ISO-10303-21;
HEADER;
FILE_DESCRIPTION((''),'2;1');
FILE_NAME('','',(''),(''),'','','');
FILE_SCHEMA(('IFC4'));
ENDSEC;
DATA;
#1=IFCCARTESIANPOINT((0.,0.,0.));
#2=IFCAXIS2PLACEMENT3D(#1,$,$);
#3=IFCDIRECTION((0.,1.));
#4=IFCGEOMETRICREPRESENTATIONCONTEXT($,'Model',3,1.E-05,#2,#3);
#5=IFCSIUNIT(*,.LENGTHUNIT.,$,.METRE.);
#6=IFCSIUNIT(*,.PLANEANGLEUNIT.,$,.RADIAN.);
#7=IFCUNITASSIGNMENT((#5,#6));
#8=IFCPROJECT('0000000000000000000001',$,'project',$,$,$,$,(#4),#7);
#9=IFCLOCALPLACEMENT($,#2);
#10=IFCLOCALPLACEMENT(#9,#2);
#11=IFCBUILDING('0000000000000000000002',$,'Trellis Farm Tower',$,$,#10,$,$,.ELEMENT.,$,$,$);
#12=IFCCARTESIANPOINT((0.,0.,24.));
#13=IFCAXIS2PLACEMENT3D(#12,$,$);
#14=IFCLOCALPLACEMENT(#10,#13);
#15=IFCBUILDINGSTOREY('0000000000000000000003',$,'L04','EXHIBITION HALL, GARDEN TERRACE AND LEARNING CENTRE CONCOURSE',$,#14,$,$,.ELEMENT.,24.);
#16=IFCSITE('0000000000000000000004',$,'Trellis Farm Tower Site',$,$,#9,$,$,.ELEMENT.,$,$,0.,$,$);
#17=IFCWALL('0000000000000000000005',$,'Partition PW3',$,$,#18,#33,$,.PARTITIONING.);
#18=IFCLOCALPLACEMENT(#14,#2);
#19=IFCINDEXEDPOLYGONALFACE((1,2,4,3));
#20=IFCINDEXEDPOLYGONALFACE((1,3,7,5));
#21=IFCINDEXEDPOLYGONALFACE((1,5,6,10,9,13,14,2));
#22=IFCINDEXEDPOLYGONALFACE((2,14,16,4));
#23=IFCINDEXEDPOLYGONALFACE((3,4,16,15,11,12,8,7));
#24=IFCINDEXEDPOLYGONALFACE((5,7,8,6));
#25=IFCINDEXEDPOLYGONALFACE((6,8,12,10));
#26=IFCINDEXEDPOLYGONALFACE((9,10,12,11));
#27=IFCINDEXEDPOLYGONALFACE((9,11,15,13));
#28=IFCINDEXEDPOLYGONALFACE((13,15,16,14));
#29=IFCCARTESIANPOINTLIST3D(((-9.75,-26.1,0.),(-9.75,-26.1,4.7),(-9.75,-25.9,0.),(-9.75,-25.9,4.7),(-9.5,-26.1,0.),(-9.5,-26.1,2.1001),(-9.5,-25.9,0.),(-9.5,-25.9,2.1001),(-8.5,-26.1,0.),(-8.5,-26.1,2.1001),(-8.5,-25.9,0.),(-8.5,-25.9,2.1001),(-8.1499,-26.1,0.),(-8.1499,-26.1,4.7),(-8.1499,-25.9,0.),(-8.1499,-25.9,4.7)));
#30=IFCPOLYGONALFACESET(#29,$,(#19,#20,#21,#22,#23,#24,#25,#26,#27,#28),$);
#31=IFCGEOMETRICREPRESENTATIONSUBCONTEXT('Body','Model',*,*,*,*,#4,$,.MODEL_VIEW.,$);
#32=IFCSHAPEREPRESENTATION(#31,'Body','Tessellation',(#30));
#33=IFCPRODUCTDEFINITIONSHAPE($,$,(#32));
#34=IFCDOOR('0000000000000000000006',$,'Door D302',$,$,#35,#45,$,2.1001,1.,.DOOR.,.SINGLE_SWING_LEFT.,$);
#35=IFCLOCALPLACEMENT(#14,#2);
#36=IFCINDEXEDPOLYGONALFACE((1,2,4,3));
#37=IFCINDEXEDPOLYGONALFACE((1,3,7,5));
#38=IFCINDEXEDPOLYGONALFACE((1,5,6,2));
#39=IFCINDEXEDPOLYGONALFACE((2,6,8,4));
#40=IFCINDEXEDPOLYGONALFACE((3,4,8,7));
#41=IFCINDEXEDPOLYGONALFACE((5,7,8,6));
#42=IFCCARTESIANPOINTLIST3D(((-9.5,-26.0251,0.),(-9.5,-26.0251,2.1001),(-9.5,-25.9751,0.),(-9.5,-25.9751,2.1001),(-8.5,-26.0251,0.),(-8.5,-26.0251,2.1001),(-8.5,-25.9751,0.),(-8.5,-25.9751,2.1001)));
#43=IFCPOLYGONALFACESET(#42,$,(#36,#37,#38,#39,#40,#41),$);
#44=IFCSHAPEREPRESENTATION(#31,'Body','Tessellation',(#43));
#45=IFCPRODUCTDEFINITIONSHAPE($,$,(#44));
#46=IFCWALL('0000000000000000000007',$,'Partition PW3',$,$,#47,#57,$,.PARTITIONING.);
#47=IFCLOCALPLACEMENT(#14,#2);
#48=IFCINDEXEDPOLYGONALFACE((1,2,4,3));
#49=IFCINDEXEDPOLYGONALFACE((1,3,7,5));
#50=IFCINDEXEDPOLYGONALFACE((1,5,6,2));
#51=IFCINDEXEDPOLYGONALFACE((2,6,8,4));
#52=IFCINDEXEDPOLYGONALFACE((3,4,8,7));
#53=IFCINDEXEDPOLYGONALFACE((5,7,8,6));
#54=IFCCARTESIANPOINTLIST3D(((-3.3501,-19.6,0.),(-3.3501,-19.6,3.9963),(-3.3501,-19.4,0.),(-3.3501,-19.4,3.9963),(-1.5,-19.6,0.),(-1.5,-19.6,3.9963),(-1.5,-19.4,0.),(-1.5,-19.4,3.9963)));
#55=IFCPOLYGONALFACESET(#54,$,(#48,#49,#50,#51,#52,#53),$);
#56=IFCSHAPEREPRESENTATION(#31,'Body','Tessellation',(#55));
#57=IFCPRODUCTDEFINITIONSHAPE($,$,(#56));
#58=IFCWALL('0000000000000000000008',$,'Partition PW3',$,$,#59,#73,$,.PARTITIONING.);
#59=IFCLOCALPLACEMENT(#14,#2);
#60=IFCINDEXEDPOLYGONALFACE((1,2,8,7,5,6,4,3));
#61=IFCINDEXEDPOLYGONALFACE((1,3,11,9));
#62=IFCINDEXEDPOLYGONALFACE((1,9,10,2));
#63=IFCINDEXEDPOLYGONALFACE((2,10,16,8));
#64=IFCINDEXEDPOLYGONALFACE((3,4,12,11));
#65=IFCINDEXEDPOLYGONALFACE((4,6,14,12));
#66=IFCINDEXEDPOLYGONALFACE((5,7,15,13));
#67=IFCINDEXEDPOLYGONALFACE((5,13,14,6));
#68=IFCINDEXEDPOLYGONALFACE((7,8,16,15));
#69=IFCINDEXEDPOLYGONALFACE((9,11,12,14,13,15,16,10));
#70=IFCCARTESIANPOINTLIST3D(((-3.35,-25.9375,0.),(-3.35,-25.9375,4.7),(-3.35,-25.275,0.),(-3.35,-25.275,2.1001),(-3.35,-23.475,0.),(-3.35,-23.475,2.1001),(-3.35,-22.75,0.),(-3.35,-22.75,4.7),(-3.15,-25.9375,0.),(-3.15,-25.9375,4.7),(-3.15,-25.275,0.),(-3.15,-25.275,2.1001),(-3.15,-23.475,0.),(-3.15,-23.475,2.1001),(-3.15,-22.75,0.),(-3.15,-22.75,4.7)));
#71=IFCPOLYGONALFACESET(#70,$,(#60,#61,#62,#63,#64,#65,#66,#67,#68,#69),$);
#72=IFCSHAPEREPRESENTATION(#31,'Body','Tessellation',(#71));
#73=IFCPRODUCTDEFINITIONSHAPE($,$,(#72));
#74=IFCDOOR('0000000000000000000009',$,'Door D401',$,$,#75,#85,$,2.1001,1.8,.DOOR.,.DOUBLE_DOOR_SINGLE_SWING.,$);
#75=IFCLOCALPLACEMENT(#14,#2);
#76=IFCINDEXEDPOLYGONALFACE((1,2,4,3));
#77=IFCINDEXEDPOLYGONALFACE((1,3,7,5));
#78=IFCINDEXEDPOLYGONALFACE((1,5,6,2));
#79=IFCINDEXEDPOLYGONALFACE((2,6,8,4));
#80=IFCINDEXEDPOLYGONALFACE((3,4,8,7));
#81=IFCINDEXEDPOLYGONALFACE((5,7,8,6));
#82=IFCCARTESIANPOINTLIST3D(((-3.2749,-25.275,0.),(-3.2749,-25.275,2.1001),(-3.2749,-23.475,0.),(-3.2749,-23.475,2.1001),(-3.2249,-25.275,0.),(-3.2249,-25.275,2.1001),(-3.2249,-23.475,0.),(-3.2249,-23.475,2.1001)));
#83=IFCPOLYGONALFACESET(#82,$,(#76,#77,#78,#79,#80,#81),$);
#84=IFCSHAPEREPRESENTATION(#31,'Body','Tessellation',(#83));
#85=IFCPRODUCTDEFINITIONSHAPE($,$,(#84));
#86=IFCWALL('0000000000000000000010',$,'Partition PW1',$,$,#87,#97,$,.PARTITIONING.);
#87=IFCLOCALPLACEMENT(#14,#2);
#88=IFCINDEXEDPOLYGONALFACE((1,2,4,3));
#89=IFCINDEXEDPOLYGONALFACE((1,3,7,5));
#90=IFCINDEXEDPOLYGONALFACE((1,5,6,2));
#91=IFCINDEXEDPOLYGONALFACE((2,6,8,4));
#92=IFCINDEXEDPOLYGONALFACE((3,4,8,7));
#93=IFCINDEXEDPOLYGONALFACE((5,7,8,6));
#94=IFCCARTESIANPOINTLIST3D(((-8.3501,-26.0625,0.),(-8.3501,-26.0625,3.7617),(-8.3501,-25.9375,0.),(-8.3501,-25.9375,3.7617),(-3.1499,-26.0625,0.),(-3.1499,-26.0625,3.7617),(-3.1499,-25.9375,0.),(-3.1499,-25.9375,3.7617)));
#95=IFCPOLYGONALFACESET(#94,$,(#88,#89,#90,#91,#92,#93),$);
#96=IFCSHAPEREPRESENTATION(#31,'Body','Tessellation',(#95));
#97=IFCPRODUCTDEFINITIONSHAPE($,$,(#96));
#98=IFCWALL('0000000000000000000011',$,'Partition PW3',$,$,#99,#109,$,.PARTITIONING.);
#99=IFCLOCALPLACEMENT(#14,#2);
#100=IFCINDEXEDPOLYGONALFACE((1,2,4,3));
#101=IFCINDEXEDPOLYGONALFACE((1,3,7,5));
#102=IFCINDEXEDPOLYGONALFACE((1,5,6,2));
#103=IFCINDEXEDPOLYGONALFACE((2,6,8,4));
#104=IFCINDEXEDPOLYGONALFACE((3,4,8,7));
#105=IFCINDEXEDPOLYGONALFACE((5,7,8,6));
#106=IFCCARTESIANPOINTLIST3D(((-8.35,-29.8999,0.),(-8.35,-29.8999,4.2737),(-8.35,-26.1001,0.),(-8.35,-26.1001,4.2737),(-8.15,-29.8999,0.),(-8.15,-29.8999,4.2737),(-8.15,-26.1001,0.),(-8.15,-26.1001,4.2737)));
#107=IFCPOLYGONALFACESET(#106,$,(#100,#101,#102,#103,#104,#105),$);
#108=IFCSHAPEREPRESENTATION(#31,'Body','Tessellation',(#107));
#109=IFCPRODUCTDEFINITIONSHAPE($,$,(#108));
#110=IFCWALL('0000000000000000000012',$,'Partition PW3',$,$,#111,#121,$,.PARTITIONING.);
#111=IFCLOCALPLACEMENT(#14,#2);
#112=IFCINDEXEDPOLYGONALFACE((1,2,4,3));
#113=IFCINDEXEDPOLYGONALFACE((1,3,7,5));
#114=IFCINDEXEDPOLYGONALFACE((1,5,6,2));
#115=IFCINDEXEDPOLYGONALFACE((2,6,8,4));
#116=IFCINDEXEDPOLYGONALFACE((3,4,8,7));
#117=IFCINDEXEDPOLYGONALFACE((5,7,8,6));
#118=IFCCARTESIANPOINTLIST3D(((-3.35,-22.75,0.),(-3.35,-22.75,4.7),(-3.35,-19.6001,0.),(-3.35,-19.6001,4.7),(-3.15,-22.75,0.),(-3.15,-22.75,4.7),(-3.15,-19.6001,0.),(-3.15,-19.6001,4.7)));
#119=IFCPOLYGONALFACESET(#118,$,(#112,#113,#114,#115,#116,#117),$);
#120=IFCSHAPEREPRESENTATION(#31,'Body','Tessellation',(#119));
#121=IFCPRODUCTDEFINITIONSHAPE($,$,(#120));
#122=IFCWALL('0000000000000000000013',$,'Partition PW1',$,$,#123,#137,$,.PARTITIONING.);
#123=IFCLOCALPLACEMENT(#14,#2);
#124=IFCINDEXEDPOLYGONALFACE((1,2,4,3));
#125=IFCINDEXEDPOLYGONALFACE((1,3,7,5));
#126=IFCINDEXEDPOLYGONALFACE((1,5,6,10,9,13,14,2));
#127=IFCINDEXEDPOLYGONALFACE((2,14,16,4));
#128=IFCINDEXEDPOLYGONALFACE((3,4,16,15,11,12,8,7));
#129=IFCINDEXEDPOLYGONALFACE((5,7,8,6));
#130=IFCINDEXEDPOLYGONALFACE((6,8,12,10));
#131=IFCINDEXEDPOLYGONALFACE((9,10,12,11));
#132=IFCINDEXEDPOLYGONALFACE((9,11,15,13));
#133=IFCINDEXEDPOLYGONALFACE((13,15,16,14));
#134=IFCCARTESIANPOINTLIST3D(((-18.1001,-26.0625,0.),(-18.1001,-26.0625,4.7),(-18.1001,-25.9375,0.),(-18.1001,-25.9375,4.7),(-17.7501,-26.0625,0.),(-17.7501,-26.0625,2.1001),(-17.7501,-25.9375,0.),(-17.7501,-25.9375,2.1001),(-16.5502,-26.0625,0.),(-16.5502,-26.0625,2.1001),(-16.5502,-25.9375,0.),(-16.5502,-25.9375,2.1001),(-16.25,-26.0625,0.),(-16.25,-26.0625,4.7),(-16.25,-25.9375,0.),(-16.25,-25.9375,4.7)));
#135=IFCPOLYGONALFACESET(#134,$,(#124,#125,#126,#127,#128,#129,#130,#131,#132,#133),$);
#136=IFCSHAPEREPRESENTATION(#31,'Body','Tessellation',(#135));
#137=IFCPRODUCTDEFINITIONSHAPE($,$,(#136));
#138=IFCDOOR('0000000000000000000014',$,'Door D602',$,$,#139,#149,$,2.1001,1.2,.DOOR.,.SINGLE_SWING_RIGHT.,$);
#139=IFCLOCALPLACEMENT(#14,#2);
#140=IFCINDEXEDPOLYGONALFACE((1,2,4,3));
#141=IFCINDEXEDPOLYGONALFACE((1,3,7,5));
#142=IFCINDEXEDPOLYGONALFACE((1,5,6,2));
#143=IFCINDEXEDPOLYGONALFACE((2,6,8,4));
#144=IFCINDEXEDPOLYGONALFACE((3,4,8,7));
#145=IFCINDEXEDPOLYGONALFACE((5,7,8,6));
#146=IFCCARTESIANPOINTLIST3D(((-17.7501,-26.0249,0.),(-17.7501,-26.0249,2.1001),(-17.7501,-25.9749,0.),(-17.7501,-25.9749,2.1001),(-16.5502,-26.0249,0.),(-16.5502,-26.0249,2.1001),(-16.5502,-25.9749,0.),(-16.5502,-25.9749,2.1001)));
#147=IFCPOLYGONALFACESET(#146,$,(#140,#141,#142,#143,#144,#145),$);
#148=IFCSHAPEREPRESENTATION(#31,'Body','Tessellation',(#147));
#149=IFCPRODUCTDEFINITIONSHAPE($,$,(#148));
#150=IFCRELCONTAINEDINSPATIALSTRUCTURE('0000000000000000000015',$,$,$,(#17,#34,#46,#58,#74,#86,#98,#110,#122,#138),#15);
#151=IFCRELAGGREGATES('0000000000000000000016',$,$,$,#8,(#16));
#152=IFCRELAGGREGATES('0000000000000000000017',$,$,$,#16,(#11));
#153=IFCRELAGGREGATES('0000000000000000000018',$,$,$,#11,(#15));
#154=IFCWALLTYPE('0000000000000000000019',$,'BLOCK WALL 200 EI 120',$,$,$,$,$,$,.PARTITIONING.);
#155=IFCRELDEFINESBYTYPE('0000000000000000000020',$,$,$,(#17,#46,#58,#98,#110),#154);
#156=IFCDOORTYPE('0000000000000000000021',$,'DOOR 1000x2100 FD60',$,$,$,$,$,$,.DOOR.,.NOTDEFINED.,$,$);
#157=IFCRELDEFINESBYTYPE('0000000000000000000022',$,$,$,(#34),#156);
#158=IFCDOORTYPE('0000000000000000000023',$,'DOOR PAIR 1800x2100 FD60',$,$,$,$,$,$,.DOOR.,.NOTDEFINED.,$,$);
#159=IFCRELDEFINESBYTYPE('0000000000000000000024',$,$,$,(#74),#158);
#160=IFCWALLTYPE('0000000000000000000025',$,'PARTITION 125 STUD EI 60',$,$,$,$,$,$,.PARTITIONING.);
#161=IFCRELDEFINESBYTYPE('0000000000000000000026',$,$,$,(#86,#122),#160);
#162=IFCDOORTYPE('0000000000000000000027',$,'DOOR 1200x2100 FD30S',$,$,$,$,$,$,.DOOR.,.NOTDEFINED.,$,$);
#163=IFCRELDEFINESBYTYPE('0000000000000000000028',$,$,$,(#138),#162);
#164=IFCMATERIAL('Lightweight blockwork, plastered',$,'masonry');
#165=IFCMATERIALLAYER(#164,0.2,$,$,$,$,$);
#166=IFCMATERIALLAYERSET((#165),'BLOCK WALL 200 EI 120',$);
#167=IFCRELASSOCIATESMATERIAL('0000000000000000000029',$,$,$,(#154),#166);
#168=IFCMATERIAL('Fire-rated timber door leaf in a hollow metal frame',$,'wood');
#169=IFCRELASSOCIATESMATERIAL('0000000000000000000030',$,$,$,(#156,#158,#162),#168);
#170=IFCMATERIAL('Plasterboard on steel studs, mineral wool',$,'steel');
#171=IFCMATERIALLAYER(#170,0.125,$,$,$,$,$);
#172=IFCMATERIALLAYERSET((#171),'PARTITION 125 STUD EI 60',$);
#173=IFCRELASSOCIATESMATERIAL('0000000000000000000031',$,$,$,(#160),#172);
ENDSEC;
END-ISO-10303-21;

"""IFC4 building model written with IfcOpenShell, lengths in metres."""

from ifc_helpers import new_model, si_unit, direction, frame, frame_2d, origin, place, context, subcontext, project, spatial, rectangle, extrude, source, transform, mapped, material, layer, layer_set, type_object, element, fill, save


model = new_model("IFC4")

# Units and contexts
model_context = context("Model", 3, precision=1e-05, world=origin(), true_north=direction((0.0, 1.0)))
body_context = subcontext(model_context, "Body", "Model", "MODEL_VIEW")
ifc_project = project(units=[si_unit("LENGTHUNIT", "METRE"), si_unit("PLANEANGLEUNIT", "RADIAN")], contexts=[model_context])

# Site, building, storey
site_placement = place(None, origin())
site = spatial("IfcSite", under=ifc_project, at=site_placement, Name="Trellis Farm Tower Site", CompositionType="ELEMENT", RefElevation=0.0)
building_placement = place(site_placement, origin())
building = spatial("IfcBuilding", under=site, at=building_placement, Name="Trellis Farm Tower", CompositionType="ELEMENT")
storey_placement = place(building_placement, frame((0.0, 0.0, 24.0)))
storey = spatial("IfcBuildingStorey", under=building, at=storey_placement, Name="L04", Description="EXHIBITION HALL, GARDEN TERRACE AND LEARNING CENTRE CONCOURSE", CompositionType="ELEMENT", Elevation=24.0)

# Wall, opening, door
ifc_material_1 = material(Name="Lightweight blockwork, plastered", Category="masonry")
ifc_layer_1 = layer(ifc_material_1, 0.2)
ifc_layer_set_1 = layer_set([ifc_layer_1], Name="BLOCK WALL 200 EI 120")
wall_type_1 = type_object("IfcWallType", Name="BLOCK WALL 200 EI 120", PredefinedType="PARTITIONING", material=ifc_layer_set_1)
shared_shape_1 = source(origin(), body_context, "Body", "SweptSolid", [
    extrude(rectangle(XDim=1.6001, YDim=0.2, at=frame_2d((0.8, 0.0))), origin(), (0.0, 0.0, 1.0), 4.7),
])
wall_1_placement = place(storey_placement, frame((-9.75, -26.0, 0.0), z_axis=(0.0, 0.0, 1.0), x_axis=(1.0, 0.0, 0.0)))
wall_1 = element("IfcWall", 1, at=wall_1_placement, inside=storey, type_object=wall_type_1, Name="Partition PW3", PredefinedType="PARTITIONING", context=body_context, shape_type="MappedRepresentation", body=[
    mapped(shared_shape_1, transform((0.0, 0.0, 0.0))),
])
shared_shape_2 = source(origin(), body_context, "Body", "SweptSolid", [
    extrude(rectangle(XDim=1.0, YDim=2.1001, at=frame_2d((0.5, 1.05))), frame((0.0, 0.1101, 0.0), z_axis=(0.0, -1.0, 0.0), x_axis=(1.0, 0.0, 0.0)), (0.0, 0.0, 1.0), 0.2202),
])
opening_1_placement = place(wall_1_placement, frame((0.25, 0.0, 0.0)))
opening_1 = element("IfcOpeningElement", 2, at=opening_1_placement, cuts=wall_1, PredefinedType="OPENING", context=body_context, shape_type="MappedRepresentation", body=[
    mapped(shared_shape_2, transform((0.0, 0.0, 0.0))),
])
ifc_material_2 = material(Name="Fire-rated timber door leaf in a hollow metal frame", Category="wood")
door_type_1 = type_object("IfcDoorType", Name="DOOR 1000x2100 FD60", OperationType="NOTDEFINED", PredefinedType="DOOR", material=ifc_material_2)
shared_shape_3 = source(origin(), body_context, "Body", "SweptSolid", [
    extrude(rectangle(XDim=1.0, YDim=2.1001, at=frame_2d((0.5, 1.05))), frame((0.0, 0.0249, 0.0), z_axis=(0.0, -1.0, 0.0), x_axis=(1.0, 0.0, 0.0)), (0.0, 0.0, 1.0), 0.05),
])
door_1_placement = place(opening_1_placement, origin())
door_1 = element("IfcDoor", 3, at=door_1_placement, inside=storey, type_object=door_type_1, Name="Door D302", OperationType="SINGLE_SWING_LEFT", OverallHeight=2.1001, OverallWidth=1.0, PredefinedType="DOOR", context=body_context, shape_type="MappedRepresentation", body=[
    mapped(shared_shape_3, transform((0.0, 0.0, 0.0))),
])
fill(opening_1, door_1)

# Wall
shared_shape_4 = source(origin(), body_context, "Body", "SweptSolid", [
    extrude(rectangle(XDim=1.8501, YDim=0.2, at=frame_2d((0.925, 0.0))), origin(), (0.0, 0.0, 1.0), 3.9963),
])
wall_2_placement = place(storey_placement, frame((-3.3501, -19.5, 0.0), z_axis=(0.0, 0.0, 1.0), x_axis=(1.0, 0.0, 0.0)))
element("IfcWall", 4, at=wall_2_placement, inside=storey, type_object=wall_type_1, Name="Partition PW3", PredefinedType="PARTITIONING", context=body_context, shape_type="MappedRepresentation", body=[
    mapped(shared_shape_4, transform((0.0, 0.0, 0.0))),
])

# Wall, opening, door
shared_shape_5 = source(origin(), body_context, "Body", "SweptSolid", [
    extrude(rectangle(XDim=3.1875, YDim=0.2, at=frame_2d((1.5938, 0.0))), origin(), (0.0, 0.0, 1.0), 4.7),
])
wall_3_placement = place(storey_placement, frame((-3.25, -25.9375, 0.0), z_axis=(0.0, 0.0, 1.0), x_axis=(0.0, 1.0, 0.0)))
wall_3 = element("IfcWall", 5, at=wall_3_placement, inside=storey, type_object=wall_type_1, Name="Partition PW3", PredefinedType="PARTITIONING", context=body_context, shape_type="MappedRepresentation", body=[
    mapped(shared_shape_5, transform((0.0, 0.0, 0.0))),
])
shared_shape_6 = source(origin(), body_context, "Body", "SweptSolid", [
    extrude(rectangle(XDim=1.8, YDim=2.1001, at=frame_2d((0.8999, 1.05))), frame((0.0, 0.1101, 0.0), z_axis=(0.0, -1.0, 0.0), x_axis=(1.0, 0.0, 0.0)), (0.0, 0.0, 1.0), 0.2202),
])
opening_2_placement = place(wall_3_placement, frame((0.6626, 0.0, 0.0)))
opening_2 = element("IfcOpeningElement", 6, at=opening_2_placement, cuts=wall_3, PredefinedType="OPENING", context=body_context, shape_type="MappedRepresentation", body=[
    mapped(shared_shape_6, transform((0.0, 0.0, 0.0))),
])
door_type_2 = type_object("IfcDoorType", Name="DOOR PAIR 1800x2100 FD60", OperationType="NOTDEFINED", PredefinedType="DOOR", material=ifc_material_2)
shared_shape_7 = source(origin(), body_context, "Body", "SweptSolid", [
    extrude(rectangle(XDim=1.8, YDim=2.1001, at=frame_2d((0.8999, 1.05))), frame((0.0, 0.0249, 0.0), z_axis=(0.0, -1.0, 0.0), x_axis=(1.0, 0.0, 0.0)), (0.0, 0.0, 1.0), 0.05),
])
door_2_placement = place(opening_2_placement, origin())
door_2 = element("IfcDoor", 7, at=door_2_placement, inside=storey, type_object=door_type_2, Name="Door D401", OperationType="DOUBLE_DOOR_SINGLE_SWING", OverallHeight=2.1001, OverallWidth=1.8, PredefinedType="DOOR", context=body_context, shape_type="MappedRepresentation", body=[
    mapped(shared_shape_7, transform((0.0, 0.0, 0.0))),
])
fill(opening_2, door_2)

# Walls
ifc_material_3 = material(Name="Plasterboard on steel studs, mineral wool", Category="steel")
ifc_layer_2 = layer(ifc_material_3, 0.125)
ifc_layer_set_2 = layer_set([ifc_layer_2], Name="PARTITION 125 STUD EI 60")
wall_type_2 = type_object("IfcWallType", Name="PARTITION 125 STUD EI 60", PredefinedType="PARTITIONING", material=ifc_layer_set_2)
shared_shape_8 = source(origin(), body_context, "Body", "SweptSolid", [
    extrude(rectangle(XDim=5.2002, YDim=0.125, at=frame_2d((2.6001, 0.0))), origin(), (0.0, 0.0, 1.0), 3.7617),
])
wall_4_placement = place(storey_placement, frame((-3.1499, -26.0, 0.0), z_axis=(0.0, 0.0, 1.0), x_axis=(-1.0, 0.0, 0.0)))
element("IfcWall", 8, at=wall_4_placement, inside=storey, type_object=wall_type_2, Name="Partition PW1", PredefinedType="PARTITIONING", context=body_context, shape_type="MappedRepresentation", body=[
    mapped(shared_shape_8, transform((0.0, 0.0, 0.0))),
])
shared_shape_9 = source(origin(), body_context, "Body", "SweptSolid", [
    extrude(rectangle(XDim=3.7998, YDim=0.2, at=frame_2d((1.8999, 0.0))), origin(), (0.0, 0.0, 1.0), 4.2737),
])
wall_5_placement = place(storey_placement, frame((-8.25, -26.1001, 0.0), z_axis=(0.0, 0.0, 1.0), x_axis=(0.0, -1.0, 0.0)))
element("IfcWall", 9, at=wall_5_placement, inside=storey, type_object=wall_type_1, Name="Partition PW3", PredefinedType="PARTITIONING", context=body_context, shape_type="MappedRepresentation", body=[
    mapped(shared_shape_9, transform((0.0, 0.0, 0.0))),
])
shared_shape_10 = source(origin(), body_context, "Body", "SweptSolid", [
    extrude(rectangle(XDim=3.1499, YDim=0.2, at=frame_2d((1.575, 0.0))), origin(), (0.0, 0.0, 1.0), 4.7),
])
wall_6_placement = place(storey_placement, frame((-3.25, -22.75, 0.0), z_axis=(0.0, 0.0, 1.0), x_axis=(0.0, 1.0, 0.0)))
element("IfcWall", 10, at=wall_6_placement, inside=storey, type_object=wall_type_1, Name="Partition PW3", PredefinedType="PARTITIONING", context=body_context, shape_type="MappedRepresentation", body=[
    mapped(shared_shape_10, transform((0.0, 0.0, 0.0))),
])

# Wall, opening, door
shared_shape_11 = source(origin(), body_context, "Body", "SweptSolid", [
    extrude(rectangle(XDim=1.8501, YDim=0.125, at=frame_2d((0.925, 0.0))), origin(), (0.0, 0.0, 1.0), 4.7),
])
wall_7_placement = place(storey_placement, frame((-16.25, -26.0, 0.0), z_axis=(0.0, 0.0, 1.0), x_axis=(-1.0, 0.0, 0.0)))
wall_7 = element("IfcWall", 11, at=wall_7_placement, inside=storey, type_object=wall_type_2, Name="Partition PW1", PredefinedType="PARTITIONING", context=body_context, shape_type="MappedRepresentation", body=[
    mapped(shared_shape_11, transform((0.0, 0.0, 0.0))),
])
shared_shape_12 = source(origin(), body_context, "Body", "SweptSolid", [
    extrude(rectangle(XDim=1.2, YDim=2.1001, at=frame_2d((0.6001, 1.05))), frame((0.0, 0.0725, 0.0), z_axis=(0.0, -1.0, 0.0), x_axis=(1.0, 0.0, 0.0)), (0.0, 0.0, 1.0), 0.145),
])
opening_3_placement = place(wall_7_placement, frame((0.3, 0.0, 0.0)))
opening_3 = element("IfcOpeningElement", 12, at=opening_3_placement, cuts=wall_7, PredefinedType="OPENING", context=body_context, shape_type="MappedRepresentation", body=[
    mapped(shared_shape_12, transform((0.0, 0.0, 0.0))),
])
door_type_3 = type_object("IfcDoorType", Name="DOOR 1200x2100 FD30S", OperationType="NOTDEFINED", PredefinedType="DOOR", material=ifc_material_2)
shared_shape_13 = source(origin(), body_context, "Body", "SweptSolid", [
    extrude(rectangle(XDim=1.2, YDim=2.1001, at=frame_2d((0.6001, 1.05))), frame((0.0, 0.0249, 0.0), z_axis=(0.0, -1.0, 0.0), x_axis=(1.0, 0.0, 0.0)), (0.0, 0.0, 1.0), 0.05),
])
door_3_placement = place(opening_3_placement, origin())
door_3 = element("IfcDoor", 13, at=door_3_placement, inside=storey, type_object=door_type_3, Name="Door D602", OperationType="SINGLE_SWING_RIGHT", OverallHeight=2.1001, OverallWidth=1.2, PredefinedType="DOOR", context=body_context, shape_type="MappedRepresentation", body=[
    mapped(shared_shape_13, transform((0.0, 0.0, 0.0))),
])
fill(opening_3, door_3)

save(model, "model.ifc")
